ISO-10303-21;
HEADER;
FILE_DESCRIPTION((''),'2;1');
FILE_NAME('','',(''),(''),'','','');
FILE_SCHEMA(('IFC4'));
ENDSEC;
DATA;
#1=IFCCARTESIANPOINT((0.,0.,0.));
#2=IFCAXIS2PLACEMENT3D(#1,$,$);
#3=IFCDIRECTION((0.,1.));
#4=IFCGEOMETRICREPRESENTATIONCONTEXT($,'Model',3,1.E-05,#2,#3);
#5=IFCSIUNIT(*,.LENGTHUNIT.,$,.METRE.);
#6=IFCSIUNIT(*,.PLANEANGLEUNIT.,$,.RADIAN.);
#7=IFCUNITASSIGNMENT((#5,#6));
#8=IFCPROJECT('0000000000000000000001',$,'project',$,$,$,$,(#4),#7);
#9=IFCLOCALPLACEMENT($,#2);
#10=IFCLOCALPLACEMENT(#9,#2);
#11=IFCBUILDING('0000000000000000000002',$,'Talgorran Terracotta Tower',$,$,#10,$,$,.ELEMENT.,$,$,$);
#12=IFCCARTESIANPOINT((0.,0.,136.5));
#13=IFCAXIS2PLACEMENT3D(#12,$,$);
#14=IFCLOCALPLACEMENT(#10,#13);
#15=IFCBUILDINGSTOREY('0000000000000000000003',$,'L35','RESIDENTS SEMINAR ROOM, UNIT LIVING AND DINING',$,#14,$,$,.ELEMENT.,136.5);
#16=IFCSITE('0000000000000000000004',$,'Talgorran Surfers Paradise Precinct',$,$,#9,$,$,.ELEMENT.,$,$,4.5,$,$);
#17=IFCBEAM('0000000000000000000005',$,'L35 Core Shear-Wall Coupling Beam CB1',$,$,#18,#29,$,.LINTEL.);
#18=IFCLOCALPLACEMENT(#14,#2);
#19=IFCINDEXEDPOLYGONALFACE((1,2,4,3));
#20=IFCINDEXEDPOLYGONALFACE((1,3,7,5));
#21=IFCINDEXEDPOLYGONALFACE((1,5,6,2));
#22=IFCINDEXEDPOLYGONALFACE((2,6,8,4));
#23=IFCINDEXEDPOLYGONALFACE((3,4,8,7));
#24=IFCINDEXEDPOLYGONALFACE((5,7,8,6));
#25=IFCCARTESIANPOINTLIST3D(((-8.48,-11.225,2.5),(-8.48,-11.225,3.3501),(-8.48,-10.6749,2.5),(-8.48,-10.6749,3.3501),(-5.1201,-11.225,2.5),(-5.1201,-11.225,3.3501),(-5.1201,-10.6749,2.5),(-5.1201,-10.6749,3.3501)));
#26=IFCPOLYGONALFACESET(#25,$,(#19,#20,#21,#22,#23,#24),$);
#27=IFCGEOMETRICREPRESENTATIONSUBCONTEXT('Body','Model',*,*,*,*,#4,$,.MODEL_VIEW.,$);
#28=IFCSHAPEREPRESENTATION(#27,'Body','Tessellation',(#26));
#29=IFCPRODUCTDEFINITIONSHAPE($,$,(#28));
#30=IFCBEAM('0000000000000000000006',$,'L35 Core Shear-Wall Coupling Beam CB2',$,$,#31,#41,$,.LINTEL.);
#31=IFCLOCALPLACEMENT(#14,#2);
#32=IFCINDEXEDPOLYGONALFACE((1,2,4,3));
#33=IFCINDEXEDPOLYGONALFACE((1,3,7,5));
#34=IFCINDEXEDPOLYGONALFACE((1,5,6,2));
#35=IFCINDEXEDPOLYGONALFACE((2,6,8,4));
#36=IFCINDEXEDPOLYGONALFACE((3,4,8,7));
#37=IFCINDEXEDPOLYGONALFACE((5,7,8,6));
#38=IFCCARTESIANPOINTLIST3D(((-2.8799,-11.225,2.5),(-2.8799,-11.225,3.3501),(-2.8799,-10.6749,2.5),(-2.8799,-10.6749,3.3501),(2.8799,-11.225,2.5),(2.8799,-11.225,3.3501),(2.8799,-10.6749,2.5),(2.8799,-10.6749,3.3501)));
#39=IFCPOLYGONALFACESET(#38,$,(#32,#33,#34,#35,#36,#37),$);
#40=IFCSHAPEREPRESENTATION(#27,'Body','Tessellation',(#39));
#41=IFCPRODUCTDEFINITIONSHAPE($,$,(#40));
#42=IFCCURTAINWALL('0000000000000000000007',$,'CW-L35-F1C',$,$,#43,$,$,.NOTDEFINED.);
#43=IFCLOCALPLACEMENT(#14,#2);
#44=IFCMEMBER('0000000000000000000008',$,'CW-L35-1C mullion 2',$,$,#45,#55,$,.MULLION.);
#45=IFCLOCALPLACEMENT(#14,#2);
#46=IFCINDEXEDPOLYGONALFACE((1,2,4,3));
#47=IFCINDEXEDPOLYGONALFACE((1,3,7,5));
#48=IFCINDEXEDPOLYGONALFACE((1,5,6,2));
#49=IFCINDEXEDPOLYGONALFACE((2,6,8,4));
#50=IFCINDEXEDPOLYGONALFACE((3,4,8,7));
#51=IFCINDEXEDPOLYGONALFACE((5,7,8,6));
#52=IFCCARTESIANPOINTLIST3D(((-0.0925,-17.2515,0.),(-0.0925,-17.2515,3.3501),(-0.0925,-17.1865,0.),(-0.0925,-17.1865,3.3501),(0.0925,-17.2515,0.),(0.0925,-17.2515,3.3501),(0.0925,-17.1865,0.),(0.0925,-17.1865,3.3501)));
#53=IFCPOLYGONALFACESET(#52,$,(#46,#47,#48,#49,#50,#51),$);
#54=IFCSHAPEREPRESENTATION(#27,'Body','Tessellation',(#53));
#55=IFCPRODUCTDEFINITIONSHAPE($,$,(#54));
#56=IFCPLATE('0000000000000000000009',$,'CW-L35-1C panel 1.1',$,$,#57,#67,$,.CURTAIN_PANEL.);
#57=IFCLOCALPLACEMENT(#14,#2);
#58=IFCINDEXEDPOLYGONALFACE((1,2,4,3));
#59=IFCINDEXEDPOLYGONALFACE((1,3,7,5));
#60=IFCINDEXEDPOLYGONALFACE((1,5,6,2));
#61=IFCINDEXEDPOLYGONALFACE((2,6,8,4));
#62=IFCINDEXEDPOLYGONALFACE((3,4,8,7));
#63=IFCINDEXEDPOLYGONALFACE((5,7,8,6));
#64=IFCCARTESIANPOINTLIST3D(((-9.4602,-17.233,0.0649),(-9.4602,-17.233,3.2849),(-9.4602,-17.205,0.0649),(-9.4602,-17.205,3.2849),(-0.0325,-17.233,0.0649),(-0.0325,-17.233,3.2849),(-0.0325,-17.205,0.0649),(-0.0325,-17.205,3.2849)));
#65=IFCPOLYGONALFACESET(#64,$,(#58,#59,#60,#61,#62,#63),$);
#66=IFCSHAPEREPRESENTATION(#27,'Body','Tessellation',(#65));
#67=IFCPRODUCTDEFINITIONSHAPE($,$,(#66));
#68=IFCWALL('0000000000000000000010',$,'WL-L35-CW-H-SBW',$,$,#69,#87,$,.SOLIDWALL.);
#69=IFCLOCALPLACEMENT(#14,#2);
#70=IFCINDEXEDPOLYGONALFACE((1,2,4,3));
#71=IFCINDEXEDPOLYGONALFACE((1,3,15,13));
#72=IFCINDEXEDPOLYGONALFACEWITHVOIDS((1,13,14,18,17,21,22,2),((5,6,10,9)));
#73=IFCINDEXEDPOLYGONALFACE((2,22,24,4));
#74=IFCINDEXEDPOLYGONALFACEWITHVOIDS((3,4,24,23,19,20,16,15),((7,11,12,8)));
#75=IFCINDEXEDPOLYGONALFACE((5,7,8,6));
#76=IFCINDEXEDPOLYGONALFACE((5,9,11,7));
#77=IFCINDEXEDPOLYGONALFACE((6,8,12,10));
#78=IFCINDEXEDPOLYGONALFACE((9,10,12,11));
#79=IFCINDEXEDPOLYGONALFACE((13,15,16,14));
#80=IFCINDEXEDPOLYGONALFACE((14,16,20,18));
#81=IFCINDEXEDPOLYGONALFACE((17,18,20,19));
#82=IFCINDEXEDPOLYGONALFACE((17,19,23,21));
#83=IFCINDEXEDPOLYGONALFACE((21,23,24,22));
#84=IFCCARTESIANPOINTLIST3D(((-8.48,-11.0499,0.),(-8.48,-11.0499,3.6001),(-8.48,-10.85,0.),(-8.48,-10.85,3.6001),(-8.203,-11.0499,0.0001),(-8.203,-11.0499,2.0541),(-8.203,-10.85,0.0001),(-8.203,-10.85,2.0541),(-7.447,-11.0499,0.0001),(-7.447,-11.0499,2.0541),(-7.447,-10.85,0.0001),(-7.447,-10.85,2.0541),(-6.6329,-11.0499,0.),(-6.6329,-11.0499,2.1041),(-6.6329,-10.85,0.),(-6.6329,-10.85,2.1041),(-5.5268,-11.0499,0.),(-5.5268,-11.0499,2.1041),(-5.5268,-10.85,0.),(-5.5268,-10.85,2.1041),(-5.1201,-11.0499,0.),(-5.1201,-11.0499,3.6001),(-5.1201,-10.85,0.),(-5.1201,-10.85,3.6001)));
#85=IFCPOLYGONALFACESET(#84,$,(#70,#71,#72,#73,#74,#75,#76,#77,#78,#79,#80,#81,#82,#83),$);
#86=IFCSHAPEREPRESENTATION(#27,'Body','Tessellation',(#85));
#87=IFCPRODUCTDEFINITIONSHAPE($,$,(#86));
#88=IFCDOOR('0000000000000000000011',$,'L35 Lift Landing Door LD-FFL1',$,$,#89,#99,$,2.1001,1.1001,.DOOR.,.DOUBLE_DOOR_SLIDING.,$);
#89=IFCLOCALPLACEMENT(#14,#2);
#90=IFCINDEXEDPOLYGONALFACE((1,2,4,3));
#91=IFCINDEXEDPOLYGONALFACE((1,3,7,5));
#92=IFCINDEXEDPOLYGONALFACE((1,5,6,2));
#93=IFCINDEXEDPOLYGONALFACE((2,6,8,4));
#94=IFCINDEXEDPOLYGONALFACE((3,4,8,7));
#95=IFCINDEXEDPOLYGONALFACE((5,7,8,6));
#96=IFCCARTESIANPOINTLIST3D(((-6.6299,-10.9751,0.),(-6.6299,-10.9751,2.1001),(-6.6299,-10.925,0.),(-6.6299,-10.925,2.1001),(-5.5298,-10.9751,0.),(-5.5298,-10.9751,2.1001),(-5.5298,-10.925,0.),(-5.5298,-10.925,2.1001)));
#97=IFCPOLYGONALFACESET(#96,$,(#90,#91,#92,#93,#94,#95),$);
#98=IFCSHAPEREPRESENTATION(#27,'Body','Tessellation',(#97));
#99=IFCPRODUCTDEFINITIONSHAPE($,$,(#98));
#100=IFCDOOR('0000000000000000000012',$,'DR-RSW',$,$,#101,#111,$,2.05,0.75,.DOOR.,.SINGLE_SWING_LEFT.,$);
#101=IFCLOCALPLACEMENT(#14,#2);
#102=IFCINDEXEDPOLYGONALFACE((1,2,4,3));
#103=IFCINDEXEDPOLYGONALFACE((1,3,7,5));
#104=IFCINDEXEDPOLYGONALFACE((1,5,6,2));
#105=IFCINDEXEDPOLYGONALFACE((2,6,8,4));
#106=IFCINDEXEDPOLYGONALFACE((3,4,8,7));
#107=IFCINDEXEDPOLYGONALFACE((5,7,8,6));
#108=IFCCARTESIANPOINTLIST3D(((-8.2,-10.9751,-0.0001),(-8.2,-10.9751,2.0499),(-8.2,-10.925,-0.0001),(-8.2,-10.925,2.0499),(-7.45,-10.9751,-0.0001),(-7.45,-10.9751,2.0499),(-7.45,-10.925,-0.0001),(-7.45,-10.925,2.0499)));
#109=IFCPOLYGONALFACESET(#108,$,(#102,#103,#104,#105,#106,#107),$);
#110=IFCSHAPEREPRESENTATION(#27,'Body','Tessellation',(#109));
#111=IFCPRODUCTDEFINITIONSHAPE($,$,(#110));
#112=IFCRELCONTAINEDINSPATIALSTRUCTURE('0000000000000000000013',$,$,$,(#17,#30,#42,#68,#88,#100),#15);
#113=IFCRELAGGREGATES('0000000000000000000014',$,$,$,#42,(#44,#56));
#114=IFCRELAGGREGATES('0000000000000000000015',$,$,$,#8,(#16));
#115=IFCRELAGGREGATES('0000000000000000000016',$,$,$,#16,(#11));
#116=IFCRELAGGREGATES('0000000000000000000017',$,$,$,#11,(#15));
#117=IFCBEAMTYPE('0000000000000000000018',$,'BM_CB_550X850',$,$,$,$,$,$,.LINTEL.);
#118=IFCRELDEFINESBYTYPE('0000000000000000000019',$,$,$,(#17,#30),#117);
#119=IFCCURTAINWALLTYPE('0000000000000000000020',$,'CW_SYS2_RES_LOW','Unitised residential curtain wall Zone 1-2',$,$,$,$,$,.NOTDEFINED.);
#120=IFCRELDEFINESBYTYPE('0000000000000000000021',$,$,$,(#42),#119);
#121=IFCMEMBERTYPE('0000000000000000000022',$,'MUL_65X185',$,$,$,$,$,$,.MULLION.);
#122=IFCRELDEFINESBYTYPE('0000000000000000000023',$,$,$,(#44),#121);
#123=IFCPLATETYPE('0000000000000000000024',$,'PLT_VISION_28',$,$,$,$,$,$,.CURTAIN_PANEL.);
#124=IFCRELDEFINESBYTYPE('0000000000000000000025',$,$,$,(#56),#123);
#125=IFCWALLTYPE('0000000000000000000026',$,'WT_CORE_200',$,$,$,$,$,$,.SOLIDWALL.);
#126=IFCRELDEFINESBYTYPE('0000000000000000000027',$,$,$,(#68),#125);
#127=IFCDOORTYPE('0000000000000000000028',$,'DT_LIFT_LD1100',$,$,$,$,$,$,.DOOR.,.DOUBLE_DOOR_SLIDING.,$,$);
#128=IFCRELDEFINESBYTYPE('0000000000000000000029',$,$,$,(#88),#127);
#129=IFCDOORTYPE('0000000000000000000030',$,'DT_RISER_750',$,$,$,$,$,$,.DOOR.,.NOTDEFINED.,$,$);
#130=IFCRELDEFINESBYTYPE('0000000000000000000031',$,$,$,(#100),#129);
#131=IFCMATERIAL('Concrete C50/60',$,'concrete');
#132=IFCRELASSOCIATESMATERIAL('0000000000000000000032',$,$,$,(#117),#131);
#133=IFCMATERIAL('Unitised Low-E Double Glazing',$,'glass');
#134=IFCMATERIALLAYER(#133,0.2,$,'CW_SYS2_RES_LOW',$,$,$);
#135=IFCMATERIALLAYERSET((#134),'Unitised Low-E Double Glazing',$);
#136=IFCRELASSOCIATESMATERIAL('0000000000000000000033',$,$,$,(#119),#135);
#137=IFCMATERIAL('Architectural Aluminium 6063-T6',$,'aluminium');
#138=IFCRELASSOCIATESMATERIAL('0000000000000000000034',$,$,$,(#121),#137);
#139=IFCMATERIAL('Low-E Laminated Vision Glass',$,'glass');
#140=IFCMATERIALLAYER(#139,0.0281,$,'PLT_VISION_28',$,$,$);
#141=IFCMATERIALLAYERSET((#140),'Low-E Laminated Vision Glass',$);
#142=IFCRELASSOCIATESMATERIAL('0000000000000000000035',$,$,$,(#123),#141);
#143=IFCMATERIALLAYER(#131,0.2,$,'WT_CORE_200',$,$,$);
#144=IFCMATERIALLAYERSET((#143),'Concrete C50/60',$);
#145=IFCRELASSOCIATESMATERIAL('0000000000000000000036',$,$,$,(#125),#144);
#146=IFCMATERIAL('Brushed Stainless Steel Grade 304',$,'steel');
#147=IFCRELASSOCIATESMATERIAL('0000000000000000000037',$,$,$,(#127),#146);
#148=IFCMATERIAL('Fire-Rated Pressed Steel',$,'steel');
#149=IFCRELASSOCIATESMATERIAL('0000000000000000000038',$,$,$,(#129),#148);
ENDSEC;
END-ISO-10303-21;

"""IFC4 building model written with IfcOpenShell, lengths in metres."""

from ifc_helpers import new_model, si_unit, direction, frame, frame_2d, origin, origin_2d, place, context, subcontext, project, spatial, rectangle, extrude, source, transform, mapped, material, layer, layer_set, material_profile, profile_set, type_object, type_shapes, element, fill, aggregate, save


model = new_model("IFC4")

# Units and contexts
model_context = context("Model", 3, precision=1e-05, world=origin(), true_north=direction((0.0, 1.0)))
body_context = subcontext(model_context, "Body", "Model", "MODEL_VIEW")
ifc_project = project(units=[si_unit("LENGTHUNIT", "METRE"), si_unit("PLANEANGLEUNIT", "RADIAN")], contexts=[model_context])

# Site, building, storey
site_placement = place(None, origin())
site = spatial("IfcSite", under=ifc_project, at=site_placement, Name="Talgorran Surfers Paradise Precinct", CompositionType="ELEMENT", RefElevation=4.5)
building_placement = place(site_placement, origin())
building = spatial("IfcBuilding", under=site, at=building_placement, Name="Talgorran Terracotta Tower", CompositionType="ELEMENT")
storey_placement = place(building_placement, frame((0.0, 0.0, 136.5)))
storey = spatial("IfcBuildingStorey", under=building, at=storey_placement, Name="L35", Description="RESIDENTS SEMINAR ROOM, UNIT LIVING AND DINING", CompositionType="ELEMENT", Elevation=136.5)

# Beams
ifc_material_1 = material(Name="Concrete C50/60", Category="concrete")
ifc_material_profile_1 = material_profile(ifc_material_1, rectangle(XDim=0.55, YDim=0.8501, at=origin_2d()), Name="RCCB550X850")
ifc_profile_set_1 = profile_set([ifc_material_profile_1], Name="Concrete C50/60")
beam_type = type_object("IfcBeamType", Name="BM_CB_550X850", PredefinedType="LINTEL", material=ifc_profile_set_1)
beam_1_placement = place(storey_placement, frame((-8.48, -10.95, 2.925), z_axis=(1.0, 0.0, 0.0), x_axis=(0.0, 1.0, 0.0)))
element("IfcBeam", 1, at=beam_1_placement, inside=storey, type_object=beam_type, Name="L35 Core Shear-Wall Coupling Beam CB1", PredefinedType="LINTEL", context=body_context, shape_type="SweptSolid", body=[
    extrude(rectangle(XDim=0.55, YDim=0.8501, at=origin_2d()), origin(), (0.0, 0.0, 1.0), 3.3599),
])
beam_2_placement = place(storey_placement, frame((-2.8799, -10.95, 2.925), z_axis=(1.0, 0.0, 0.0), x_axis=(0.0, 1.0, 0.0)))
element("IfcBeam", 2, at=beam_2_placement, inside=storey, type_object=beam_type, Name="L35 Core Shear-Wall Coupling Beam CB2", PredefinedType="LINTEL", context=body_context, shape_type="SweptSolid", body=[
    extrude(rectangle(XDim=0.55, YDim=0.8501, at=origin_2d()), origin(), (0.0, 0.0, 1.0), 5.7598),
])

# Curtain wall, member, plate
ifc_material_2 = material(Name="Unitised Low-E Double Glazing", Category="glass")
ifc_layer_1 = layer(ifc_material_2, 0.2, Name="CW_SYS2_RES_LOW")
ifc_layer_set_1 = layer_set([ifc_layer_1], Name="Unitised Low-E Double Glazing")
curtain_wall_type = type_object("IfcCurtainWallType", Name="CW_SYS2_RES_LOW", Description="Unitised residential curtain wall Zone 1-2", PredefinedType="NOTDEFINED", material=ifc_layer_set_1)
curtain_wall_placement = place(storey_placement, origin())
curtain_wall = element("IfcCurtainWall", 3, at=curtain_wall_placement, inside=storey, type_object=curtain_wall_type, Name="CW-L35-F1C", PredefinedType="NOTDEFINED")
ifc_material_3 = material(Name="Architectural Aluminium 6063-T6", Category="aluminium")
ifc_material_profile_2 = material_profile(ifc_material_3, rectangle(XDim=0.0649, YDim=0.1851, at=origin_2d()), Name="CWM65X185")
ifc_profile_set_2 = profile_set([ifc_material_profile_2], Name="Architectural Aluminium 6063-T6")
member_type = type_object("IfcMemberType", Name="MUL_65X185", PredefinedType="MULLION", material=ifc_profile_set_2)
member_placement = place(storey_placement, frame((0.0, -17.219, 0.0), z_axis=(0.0, 0.0, 1.0), x_axis=(0.0, 1.0, 0.0)))
member = element("IfcMember", 4, at=member_placement, type_object=member_type, Name="CW-L35-1C mullion 2", PredefinedType="MULLION", context=body_context, shape_type="SweptSolid", body=[
    extrude(rectangle(XDim=0.0649, YDim=0.1851, at=origin_2d()), origin(), (0.0, 0.0, 1.0), 3.3501),
])
ifc_material_4 = material(Name="Low-E Laminated Vision Glass", Category="glass")
ifc_layer_2 = layer(ifc_material_4, 0.0281, Name="PLT_VISION_28")
ifc_layer_set_2 = layer_set([ifc_layer_2], Name="Low-E Laminated Vision Glass")
plate_type = type_object("IfcPlateType", Name="PLT_VISION_28", PredefinedType="CURTAIN_PANEL", material=ifc_layer_set_2)
shared_shape = source(origin(), body_context, "Body", "SweptSolid", [
    extrude(rectangle(XDim=9.4277, YDim=0.0281, at=origin_2d()), origin(), (0.0, 0.0, 1.0), 3.22),
])
type_shapes(plate_type, [shared_shape])
plate_placement = place(storey_placement, frame((-4.7463, -17.219, 0.0649), z_axis=(0.0, 0.0, 1.0), x_axis=(1.0, 0.0, 0.0)))
plate = element("IfcPlate", 5, at=plate_placement, type_object=plate_type, Name="CW-L35-1C panel 1.1", PredefinedType="CURTAIN_PANEL", context=body_context, shape_type="MappedRepresentation", body=[
    mapped(shared_shape, transform((0.0, 0.0, 0.0), scale=1.0)),
])
aggregate(curtain_wall, [member, plate])

# Wall, openings, doors
ifc_layer_3 = layer(ifc_material_1, 0.2, Name="WT_CORE_200")
ifc_layer_set_3 = layer_set([ifc_layer_3], Name="Concrete C50/60")
wall_type_1 = type_object("IfcWallType", Name="WT_CORE_200", PredefinedType="SOLIDWALL", material=ifc_layer_set_3)
wall_1_placement = place(storey_placement, frame((-8.48, -10.95, 0.0), z_axis=(0.0, 0.0, 1.0), x_axis=(1.0, 0.0, 0.0)))
wall_1 = element("IfcWall", 6, at=wall_1_placement, inside=storey, type_object=wall_type_1, Name="WL-L35-CW-H-SBW", PredefinedType="SOLIDWALL", context=body_context, shape_type="SweptSolid", body=[
    extrude(rectangle(XDim=3.3599, YDim=0.2, at=frame_2d((1.6799, 0.0))), origin(), (0.0, 0.0, 1.0), 3.6001),
])
opening_1_placement = place(wall_1_placement, frame((0.28, 0.0, 0.0)))
opening_1 = element("IfcOpeningElement", 7, at=opening_1_placement, cuts=wall_1, PredefinedType="OPENING", context=body_context, shape_type="SweptSolid", body=[
    extrude(rectangle(XDim=0.756, YDim=2.054, at=frame_2d((0.375, 1.0271))), frame((0.0, 0.1099, 0.0), z_axis=(0.0, -1.0, 0.0), x_axis=(1.0, 0.0, 0.0)), (0.0, 0.0, 1.0), 0.22),
])
opening_2_placement = place(wall_1_placement, frame((1.8501, 0.0, 0.0)))
opening_2 = element("IfcOpeningElement", 8, at=opening_2_placement, cuts=wall_1, PredefinedType="OPENING", context=body_context, shape_type="SweptSolid", body=[
    extrude(rectangle(XDim=1.1061, YDim=2.1041, at=frame_2d((0.55, 1.052))), frame((0.0, 0.1099, 0.0), z_axis=(0.0, -1.0, 0.0), x_axis=(1.0, 0.0, 0.0)), (0.0, 0.0, 1.0), 0.22),
])
ifc_material_5 = material(Name="Brushed Stainless Steel Grade 304", Category="steel")
door_type_1 = type_object("IfcDoorType", Name="DT_LIFT_LD1100", OperationType="DOUBLE_DOOR_SLIDING", PredefinedType="DOOR", material=ifc_material_5)
door_1_placement = place(opening_2_placement, origin())
door_1 = element("IfcDoor", 9, at=door_1_placement, inside=storey, type_object=door_type_1, Name="L35 Lift Landing Door LD-FFL1", OperationType="DOUBLE_DOOR_SLIDING", OverallHeight=2.1001, OverallWidth=1.1001, PredefinedType="DOOR", context=body_context, shape_type="SweptSolid", body=[
    extrude(rectangle(XDim=1.1001, YDim=2.1001, at=frame_2d((0.55, 1.05))), frame((0.0, 0.0249, 0.0), z_axis=(0.0, -1.0, 0.0), x_axis=(1.0, 0.0, 0.0)), (0.0, 0.0, 1.0), 0.05),
])
fill(opening_2, door_1)
ifc_material_6 = material(Name="Fire-Rated Pressed Steel", Category="steel")
door_type_2 = type_object("IfcDoorType", Name="DT_RISER_750", OperationType="NOTDEFINED", PredefinedType="DOOR", material=ifc_material_6)
door_2_placement = place(opening_1_placement, origin())
door_2 = element("IfcDoor", 10, at=door_2_placement, inside=storey, type_object=door_type_2, Name="DR-RSW", OperationType="SINGLE_SWING_LEFT", OverallHeight=2.05, OverallWidth=0.75, PredefinedType="DOOR", context=body_context, shape_type="SweptSolid", body=[
    extrude(rectangle(XDim=0.75, YDim=2.05, at=frame_2d((0.375, 1.0249))), frame((0.0, 0.0249, 0.0), z_axis=(0.0, -1.0, 0.0), x_axis=(1.0, 0.0, 0.0)), (0.0, 0.0, 1.0), 0.05),
])
fill(opening_1, door_2)

save(model, "model.ifc")
